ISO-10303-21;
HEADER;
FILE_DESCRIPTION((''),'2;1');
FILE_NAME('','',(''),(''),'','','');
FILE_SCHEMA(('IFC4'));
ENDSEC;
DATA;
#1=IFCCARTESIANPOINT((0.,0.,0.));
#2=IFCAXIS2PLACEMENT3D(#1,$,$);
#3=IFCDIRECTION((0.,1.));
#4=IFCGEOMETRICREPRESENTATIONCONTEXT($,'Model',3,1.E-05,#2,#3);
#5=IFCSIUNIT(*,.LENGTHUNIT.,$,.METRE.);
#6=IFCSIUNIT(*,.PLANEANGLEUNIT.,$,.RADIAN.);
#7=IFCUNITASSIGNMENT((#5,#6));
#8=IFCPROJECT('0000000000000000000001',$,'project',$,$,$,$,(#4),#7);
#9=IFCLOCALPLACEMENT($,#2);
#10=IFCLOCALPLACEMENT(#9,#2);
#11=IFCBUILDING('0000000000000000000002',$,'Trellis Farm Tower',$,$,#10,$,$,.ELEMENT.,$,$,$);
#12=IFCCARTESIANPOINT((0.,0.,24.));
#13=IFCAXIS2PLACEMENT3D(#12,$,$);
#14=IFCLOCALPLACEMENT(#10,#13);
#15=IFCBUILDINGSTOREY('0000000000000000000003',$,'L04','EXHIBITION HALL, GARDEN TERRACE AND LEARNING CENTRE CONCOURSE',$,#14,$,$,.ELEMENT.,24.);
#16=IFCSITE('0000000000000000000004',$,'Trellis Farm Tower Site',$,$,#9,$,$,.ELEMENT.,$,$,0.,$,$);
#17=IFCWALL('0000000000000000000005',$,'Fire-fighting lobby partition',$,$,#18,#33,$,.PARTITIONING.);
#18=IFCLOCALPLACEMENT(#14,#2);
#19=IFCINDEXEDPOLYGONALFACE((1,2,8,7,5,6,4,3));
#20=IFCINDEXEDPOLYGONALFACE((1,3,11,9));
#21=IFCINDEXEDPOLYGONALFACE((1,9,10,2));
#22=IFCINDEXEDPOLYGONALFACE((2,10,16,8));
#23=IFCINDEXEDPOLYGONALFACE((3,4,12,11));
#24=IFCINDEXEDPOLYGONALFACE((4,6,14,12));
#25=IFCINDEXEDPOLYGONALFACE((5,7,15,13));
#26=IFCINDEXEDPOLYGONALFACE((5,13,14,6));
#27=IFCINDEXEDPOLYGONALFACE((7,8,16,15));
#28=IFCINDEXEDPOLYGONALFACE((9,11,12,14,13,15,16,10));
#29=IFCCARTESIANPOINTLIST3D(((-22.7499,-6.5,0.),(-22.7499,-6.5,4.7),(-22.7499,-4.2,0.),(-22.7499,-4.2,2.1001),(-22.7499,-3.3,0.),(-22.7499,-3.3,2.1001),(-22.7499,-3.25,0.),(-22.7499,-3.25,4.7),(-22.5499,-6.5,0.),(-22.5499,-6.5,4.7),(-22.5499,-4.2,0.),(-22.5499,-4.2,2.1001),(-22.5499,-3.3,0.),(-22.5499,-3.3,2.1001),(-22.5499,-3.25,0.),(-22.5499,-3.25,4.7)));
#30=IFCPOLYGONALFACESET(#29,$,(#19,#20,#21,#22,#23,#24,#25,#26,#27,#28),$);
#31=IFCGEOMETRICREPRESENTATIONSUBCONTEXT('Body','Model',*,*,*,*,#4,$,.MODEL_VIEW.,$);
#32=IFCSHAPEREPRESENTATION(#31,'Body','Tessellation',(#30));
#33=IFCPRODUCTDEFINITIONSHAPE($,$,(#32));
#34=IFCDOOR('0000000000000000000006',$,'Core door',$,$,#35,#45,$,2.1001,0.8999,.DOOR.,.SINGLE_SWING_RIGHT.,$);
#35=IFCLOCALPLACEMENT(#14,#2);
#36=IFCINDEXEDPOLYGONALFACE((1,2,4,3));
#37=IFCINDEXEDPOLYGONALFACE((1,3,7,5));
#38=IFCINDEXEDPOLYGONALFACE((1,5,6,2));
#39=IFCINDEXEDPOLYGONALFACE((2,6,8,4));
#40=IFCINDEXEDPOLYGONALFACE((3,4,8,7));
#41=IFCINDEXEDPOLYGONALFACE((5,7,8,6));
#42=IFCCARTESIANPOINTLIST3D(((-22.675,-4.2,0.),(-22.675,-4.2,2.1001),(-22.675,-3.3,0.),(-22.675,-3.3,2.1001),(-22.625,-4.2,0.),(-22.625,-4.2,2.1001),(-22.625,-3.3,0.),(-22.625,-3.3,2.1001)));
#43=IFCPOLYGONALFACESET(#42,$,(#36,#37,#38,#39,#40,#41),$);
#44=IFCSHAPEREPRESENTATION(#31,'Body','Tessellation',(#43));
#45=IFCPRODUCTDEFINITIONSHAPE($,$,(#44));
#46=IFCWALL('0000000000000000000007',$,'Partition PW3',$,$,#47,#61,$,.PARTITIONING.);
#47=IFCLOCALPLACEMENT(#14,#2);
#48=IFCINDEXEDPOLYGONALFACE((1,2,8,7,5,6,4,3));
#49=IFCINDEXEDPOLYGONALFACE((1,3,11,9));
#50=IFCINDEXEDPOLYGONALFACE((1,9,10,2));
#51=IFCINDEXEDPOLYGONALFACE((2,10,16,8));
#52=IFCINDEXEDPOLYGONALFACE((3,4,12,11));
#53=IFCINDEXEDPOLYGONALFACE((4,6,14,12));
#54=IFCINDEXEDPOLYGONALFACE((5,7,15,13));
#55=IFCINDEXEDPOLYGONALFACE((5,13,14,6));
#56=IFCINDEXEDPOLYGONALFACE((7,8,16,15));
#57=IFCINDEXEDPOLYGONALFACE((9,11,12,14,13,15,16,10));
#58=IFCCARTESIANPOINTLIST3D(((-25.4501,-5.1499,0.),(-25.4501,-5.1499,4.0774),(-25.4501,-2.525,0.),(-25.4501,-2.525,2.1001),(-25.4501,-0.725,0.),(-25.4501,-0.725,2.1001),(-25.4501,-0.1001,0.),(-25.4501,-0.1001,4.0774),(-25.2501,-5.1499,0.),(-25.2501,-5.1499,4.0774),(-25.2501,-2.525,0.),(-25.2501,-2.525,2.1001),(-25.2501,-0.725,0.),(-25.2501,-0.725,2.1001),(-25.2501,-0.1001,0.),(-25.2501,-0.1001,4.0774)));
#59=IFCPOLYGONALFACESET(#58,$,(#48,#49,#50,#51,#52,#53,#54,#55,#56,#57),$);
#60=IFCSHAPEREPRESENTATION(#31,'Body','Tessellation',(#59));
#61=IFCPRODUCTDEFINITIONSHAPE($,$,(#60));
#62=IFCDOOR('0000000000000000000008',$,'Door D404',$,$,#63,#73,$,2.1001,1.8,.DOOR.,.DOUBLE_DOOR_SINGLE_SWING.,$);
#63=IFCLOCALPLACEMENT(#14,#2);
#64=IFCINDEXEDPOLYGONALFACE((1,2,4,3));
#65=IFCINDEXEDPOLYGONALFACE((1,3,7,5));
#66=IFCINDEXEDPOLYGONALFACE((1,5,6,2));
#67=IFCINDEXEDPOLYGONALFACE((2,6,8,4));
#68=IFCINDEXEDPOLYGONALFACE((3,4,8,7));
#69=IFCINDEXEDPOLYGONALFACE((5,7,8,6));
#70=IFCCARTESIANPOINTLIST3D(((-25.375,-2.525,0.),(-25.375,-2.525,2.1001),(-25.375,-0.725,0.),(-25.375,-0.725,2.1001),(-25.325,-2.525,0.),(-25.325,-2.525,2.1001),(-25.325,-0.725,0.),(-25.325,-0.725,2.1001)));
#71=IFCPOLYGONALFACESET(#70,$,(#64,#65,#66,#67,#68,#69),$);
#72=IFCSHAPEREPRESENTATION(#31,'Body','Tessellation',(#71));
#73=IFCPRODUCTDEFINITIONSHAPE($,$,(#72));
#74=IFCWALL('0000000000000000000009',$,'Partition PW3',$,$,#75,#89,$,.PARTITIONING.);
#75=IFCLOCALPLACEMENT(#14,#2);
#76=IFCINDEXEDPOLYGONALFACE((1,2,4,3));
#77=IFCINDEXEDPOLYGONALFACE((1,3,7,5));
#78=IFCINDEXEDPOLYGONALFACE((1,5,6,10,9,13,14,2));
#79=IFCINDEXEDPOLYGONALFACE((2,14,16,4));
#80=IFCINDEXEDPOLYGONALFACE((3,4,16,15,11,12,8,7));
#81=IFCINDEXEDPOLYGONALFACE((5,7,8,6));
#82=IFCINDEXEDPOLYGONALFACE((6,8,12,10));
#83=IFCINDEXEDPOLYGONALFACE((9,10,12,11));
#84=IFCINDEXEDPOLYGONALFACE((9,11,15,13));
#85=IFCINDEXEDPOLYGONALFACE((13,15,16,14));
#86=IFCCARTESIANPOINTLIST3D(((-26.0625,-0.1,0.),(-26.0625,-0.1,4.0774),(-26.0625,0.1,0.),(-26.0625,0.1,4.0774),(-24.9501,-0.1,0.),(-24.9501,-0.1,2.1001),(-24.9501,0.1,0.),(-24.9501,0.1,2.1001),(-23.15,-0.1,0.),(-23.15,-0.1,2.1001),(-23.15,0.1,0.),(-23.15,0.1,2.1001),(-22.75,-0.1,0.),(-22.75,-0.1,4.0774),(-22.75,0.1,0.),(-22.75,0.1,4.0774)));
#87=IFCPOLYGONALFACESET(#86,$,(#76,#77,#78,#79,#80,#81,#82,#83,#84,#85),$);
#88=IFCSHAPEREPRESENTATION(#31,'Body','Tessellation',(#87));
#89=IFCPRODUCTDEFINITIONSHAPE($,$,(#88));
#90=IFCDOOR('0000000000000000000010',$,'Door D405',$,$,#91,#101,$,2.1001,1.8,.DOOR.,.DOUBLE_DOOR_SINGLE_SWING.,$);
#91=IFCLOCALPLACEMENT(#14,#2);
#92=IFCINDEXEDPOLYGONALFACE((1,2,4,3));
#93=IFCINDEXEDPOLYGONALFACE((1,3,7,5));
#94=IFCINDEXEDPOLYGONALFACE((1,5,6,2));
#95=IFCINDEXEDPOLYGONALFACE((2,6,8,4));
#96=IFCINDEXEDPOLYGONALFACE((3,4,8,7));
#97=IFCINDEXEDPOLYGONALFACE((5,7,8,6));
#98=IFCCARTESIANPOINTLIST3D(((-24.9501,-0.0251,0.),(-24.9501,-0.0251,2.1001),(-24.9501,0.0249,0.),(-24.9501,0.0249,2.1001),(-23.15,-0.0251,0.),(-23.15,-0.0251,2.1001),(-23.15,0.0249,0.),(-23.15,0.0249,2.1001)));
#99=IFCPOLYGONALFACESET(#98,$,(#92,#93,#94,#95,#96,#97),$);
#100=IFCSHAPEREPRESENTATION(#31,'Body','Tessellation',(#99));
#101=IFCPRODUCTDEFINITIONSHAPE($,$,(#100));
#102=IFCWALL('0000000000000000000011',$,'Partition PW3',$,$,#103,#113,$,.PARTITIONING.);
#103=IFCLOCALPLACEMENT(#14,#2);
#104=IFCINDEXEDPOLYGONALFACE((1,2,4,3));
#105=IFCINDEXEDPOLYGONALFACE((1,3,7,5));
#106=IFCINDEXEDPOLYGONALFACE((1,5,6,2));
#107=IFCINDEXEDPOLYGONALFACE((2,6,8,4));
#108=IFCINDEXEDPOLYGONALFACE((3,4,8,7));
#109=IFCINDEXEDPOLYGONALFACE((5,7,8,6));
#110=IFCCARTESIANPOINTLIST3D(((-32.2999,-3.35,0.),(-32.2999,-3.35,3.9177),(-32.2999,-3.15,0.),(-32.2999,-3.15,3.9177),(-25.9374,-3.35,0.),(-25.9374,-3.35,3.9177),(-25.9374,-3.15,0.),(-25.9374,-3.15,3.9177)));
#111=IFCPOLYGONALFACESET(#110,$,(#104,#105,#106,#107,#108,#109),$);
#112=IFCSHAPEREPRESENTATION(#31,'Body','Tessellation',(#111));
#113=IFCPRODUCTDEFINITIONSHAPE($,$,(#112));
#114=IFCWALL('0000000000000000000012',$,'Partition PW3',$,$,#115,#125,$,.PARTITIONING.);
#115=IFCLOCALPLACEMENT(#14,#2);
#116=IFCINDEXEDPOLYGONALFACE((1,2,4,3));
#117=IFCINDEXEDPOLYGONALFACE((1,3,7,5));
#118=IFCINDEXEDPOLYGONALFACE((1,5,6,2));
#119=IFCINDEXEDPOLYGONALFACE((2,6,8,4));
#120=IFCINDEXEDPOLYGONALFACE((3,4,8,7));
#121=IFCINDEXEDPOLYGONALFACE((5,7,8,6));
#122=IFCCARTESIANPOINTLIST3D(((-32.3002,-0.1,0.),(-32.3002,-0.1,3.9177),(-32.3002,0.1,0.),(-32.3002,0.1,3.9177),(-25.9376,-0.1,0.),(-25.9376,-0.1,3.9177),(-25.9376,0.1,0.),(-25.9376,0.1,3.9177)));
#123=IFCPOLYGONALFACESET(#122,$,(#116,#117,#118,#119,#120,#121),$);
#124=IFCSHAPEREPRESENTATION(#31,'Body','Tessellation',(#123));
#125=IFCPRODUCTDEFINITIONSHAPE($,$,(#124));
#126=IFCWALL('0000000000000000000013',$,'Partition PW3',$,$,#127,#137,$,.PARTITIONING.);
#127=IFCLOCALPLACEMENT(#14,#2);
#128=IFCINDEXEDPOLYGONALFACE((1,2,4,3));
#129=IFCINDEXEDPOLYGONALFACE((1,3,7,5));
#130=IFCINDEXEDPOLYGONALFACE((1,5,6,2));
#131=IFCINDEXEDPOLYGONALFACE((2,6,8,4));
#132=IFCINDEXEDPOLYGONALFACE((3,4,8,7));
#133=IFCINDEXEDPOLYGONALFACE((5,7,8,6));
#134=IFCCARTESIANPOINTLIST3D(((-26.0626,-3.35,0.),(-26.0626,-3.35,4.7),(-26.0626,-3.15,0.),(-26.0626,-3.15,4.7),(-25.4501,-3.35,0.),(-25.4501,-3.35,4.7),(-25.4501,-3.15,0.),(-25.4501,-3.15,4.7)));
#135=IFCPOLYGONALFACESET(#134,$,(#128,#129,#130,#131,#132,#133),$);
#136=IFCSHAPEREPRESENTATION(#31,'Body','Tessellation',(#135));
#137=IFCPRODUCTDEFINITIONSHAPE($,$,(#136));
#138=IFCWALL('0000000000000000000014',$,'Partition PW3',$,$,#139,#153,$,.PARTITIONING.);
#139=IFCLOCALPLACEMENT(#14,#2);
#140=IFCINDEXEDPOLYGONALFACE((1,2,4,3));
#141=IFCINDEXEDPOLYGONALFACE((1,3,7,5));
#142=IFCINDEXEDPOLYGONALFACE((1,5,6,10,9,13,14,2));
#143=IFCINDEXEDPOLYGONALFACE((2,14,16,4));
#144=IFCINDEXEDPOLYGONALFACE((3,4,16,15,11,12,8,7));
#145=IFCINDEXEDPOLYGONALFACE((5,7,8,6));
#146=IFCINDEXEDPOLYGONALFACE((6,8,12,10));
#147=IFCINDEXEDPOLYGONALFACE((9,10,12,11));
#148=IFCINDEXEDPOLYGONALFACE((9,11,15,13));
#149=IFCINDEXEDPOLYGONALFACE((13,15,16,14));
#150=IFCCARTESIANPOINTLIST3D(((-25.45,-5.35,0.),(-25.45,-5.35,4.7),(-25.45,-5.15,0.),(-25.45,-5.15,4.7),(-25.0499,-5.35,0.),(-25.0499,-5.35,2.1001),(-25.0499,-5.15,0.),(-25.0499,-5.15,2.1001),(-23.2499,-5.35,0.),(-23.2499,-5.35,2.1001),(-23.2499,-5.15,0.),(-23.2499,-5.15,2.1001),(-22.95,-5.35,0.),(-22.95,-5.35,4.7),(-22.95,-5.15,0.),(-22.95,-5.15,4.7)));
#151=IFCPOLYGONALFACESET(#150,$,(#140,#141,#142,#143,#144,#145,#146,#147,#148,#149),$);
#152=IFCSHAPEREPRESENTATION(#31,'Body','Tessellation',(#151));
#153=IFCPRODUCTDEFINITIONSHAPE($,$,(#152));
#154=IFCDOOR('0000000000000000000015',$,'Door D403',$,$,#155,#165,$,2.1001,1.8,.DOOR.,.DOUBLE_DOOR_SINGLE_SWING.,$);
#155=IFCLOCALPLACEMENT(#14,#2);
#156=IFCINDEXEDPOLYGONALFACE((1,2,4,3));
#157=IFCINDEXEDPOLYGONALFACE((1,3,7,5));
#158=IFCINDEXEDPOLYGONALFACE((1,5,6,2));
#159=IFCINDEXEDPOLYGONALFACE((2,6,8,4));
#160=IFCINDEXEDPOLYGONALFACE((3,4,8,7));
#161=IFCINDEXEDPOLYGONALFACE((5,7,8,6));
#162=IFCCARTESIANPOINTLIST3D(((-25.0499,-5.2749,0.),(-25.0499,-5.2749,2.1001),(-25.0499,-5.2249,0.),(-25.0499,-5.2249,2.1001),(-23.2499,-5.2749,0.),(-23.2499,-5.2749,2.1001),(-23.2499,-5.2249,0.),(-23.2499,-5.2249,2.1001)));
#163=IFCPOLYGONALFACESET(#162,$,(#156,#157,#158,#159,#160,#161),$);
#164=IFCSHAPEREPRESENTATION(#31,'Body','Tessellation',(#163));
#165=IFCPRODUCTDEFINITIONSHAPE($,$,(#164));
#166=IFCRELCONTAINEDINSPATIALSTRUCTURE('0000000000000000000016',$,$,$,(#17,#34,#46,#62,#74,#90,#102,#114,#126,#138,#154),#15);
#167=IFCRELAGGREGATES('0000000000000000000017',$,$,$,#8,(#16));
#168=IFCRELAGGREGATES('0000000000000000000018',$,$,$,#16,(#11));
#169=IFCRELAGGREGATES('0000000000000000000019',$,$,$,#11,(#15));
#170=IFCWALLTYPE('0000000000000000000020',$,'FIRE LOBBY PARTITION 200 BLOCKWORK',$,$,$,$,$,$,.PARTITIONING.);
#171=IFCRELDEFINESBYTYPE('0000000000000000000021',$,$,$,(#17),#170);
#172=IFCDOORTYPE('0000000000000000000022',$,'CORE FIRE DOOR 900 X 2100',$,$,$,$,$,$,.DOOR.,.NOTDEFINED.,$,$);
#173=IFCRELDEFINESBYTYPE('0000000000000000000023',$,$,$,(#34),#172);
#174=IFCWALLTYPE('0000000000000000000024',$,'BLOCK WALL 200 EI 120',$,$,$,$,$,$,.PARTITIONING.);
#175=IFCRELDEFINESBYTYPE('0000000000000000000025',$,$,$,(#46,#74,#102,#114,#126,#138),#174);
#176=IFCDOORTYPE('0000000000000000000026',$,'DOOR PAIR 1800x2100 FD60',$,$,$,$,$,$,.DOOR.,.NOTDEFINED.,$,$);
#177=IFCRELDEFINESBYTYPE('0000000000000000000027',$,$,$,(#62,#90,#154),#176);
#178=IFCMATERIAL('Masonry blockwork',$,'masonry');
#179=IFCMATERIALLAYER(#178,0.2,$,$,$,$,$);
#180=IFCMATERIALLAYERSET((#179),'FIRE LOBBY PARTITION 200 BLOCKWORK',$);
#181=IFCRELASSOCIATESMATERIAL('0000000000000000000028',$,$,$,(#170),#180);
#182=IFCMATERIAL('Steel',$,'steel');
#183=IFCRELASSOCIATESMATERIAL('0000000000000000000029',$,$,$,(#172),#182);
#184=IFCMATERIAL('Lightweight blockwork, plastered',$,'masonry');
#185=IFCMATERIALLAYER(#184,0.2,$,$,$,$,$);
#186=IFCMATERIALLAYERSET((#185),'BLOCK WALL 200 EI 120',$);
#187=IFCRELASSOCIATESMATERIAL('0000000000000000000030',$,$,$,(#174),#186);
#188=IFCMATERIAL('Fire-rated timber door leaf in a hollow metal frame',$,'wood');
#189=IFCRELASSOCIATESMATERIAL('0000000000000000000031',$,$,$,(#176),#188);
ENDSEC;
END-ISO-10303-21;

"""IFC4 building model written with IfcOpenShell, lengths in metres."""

from ifc_helpers import new_model, si_unit, direction, frame, frame_2d, origin, place, context, subcontext, project, spatial, rectangle, extrude, source, transform, mapped, material, layer, layer_set, type_object, element, fill, save


model = new_model("IFC4")

# Units and contexts
model_context = context("Model", 3, precision=1e-05, world=origin(), true_north=direction((0.0, 1.0)))
body_context = subcontext(model_context, "Body", "Model", "MODEL_VIEW")
ifc_project = project(units=[si_unit("LENGTHUNIT", "METRE"), si_unit("PLANEANGLEUNIT", "RADIAN")], contexts=[model_context])

# Site, building, storey
site_placement = place(None, origin())
site = spatial("IfcSite", under=ifc_project, at=site_placement, Name="Trellis Farm Tower Site", CompositionType="ELEMENT", RefElevation=0.0)
building_placement = place(site_placement, origin())
building = spatial("IfcBuilding", under=site, at=building_placement, Name="Trellis Farm Tower", CompositionType="ELEMENT")
storey_placement = place(building_placement, frame((0.0, 0.0, 24.0)))
storey = spatial("IfcBuildingStorey", under=building, at=storey_placement, Name="L04", Description="EXHIBITION HALL, GARDEN TERRACE AND LEARNING CENTRE CONCOURSE", CompositionType="ELEMENT", Elevation=24.0)

# Walls, openings, doors
ifc_material_1 = material(Name="Masonry blockwork", Category="masonry")
ifc_layer_1 = layer(ifc_material_1, 0.2)
ifc_layer_set_1 = layer_set([ifc_layer_1], Name="FIRE LOBBY PARTITION 200 BLOCKWORK")
wall_type_1 = type_object("IfcWallType", Name="FIRE LOBBY PARTITION 200 BLOCKWORK", PredefinedType="PARTITIONING", material=ifc_layer_set_1)
shared_shape_1 = source(origin(), body_context, "Body", "SweptSolid", [
    extrude(rectangle(XDim=3.25, YDim=0.2, at=frame_2d((1.625, 0.0))), origin(), (0.0, 0.0, 1.0), 4.7),
])
wall_1_placement = place(storey_placement, frame((-22.6499, -3.25, 0.0), z_axis=(0.0, 0.0, 1.0), x_axis=(0.0, -1.0, 0.0)))
wall_1 = element("IfcWall", 1, at=wall_1_placement, inside=storey, type_object=wall_type_1, Name="Fire-fighting lobby partition", PredefinedType="PARTITIONING", context=body_context, shape_type="MappedRepresentation", body=[
    mapped(shared_shape_1, transform((0.0, 0.0, 0.0))),
])
shared_shape_2 = source(origin(), body_context, "Body", "SweptSolid", [
    extrude(rectangle(XDim=0.8999, YDim=2.1001, at=frame_2d((0.45, 1.05))), frame((0.0, 0.1101, 0.0), z_axis=(0.0, -1.0, 0.0), x_axis=(1.0, 0.0, 0.0)), (0.0, 0.0, 1.0), 0.2202),
])
opening_1_placement = place(wall_1_placement, frame((0.05, 0.0, 0.0)))
opening_1 = element("IfcOpeningElement", 2, at=opening_1_placement, cuts=wall_1, PredefinedType="OPENING", context=body_context, shape_type="MappedRepresentation", body=[
    mapped(shared_shape_2, transform((0.0, 0.0, 0.0))),
])
ifc_material_2 = material(Name="Steel", Category="steel")
door_type_1 = type_object("IfcDoorType", Name="CORE FIRE DOOR 900 X 2100", OperationType="NOTDEFINED", PredefinedType="DOOR", material=ifc_material_2)
shared_shape_3 = source(origin(), body_context, "Body", "SweptSolid", [
    extrude(rectangle(XDim=0.8999, YDim=2.1001, at=frame_2d((0.45, 1.05))), frame((0.0, 0.0249, 0.0), z_axis=(0.0, -1.0, 0.0), x_axis=(1.0, 0.0, 0.0)), (0.0, 0.0, 1.0), 0.05),
])
door_1_placement = place(opening_1_placement, origin())
door_1 = element("IfcDoor", 3, at=door_1_placement, inside=storey, type_object=door_type_1, Name="Core door", OperationType="SINGLE_SWING_RIGHT", OverallHeight=2.1001, OverallWidth=0.8999, PredefinedType="DOOR", context=body_context, shape_type="MappedRepresentation", body=[
    mapped(shared_shape_3, transform((0.0, 0.0, 0.0))),
])
fill(opening_1, door_1)
ifc_material_3 = material(Name="Lightweight blockwork, plastered", Category="masonry")
ifc_layer_2 = layer(ifc_material_3, 0.2)
ifc_layer_set_2 = layer_set([ifc_layer_2], Name="BLOCK WALL 200 EI 120")
wall_type_2 = type_object("IfcWallType", Name="BLOCK WALL 200 EI 120", PredefinedType="PARTITIONING", material=ifc_layer_set_2)
shared_shape_4 = source(origin(), body_context, "Body", "SweptSolid", [
    extrude(rectangle(XDim=5.0498, YDim=0.2, at=frame_2d((2.5249, 0.0))), origin(), (0.0, 0.0, 1.0), 4.0774),
])
wall_2_placement = place(storey_placement, frame((-25.3501, -5.1499, 0.0), z_axis=(0.0, 0.0, 1.0), x_axis=(0.0, 1.0, 0.0)))
wall_2 = element("IfcWall", 4, at=wall_2_placement, inside=storey, type_object=wall_type_2, Name="Partition PW3", PredefinedType="PARTITIONING", context=body_context, shape_type="MappedRepresentation", body=[
    mapped(shared_shape_4, transform((0.0, 0.0, 0.0))),
])
shared_shape_5 = source(origin(), body_context, "Body", "SweptSolid", [
    extrude(rectangle(XDim=1.8, YDim=2.1001, at=frame_2d((0.8999, 1.05))), frame((0.0, 0.1101, 0.0), z_axis=(0.0, -1.0, 0.0), x_axis=(1.0, 0.0, 0.0)), (0.0, 0.0, 1.0), 0.2202),
])
opening_2_placement = place(wall_2_placement, frame((2.625, 0.0, 0.0)))
opening_2 = element("IfcOpeningElement", 5, at=opening_2_placement, cuts=wall_2, PredefinedType="OPENING", context=body_context, shape_type="MappedRepresentation", body=[
    mapped(shared_shape_5, transform((0.0, 0.0, 0.0))),
])
ifc_material_4 = material(Name="Fire-rated timber door leaf in a hollow metal frame", Category="wood")
door_type_2 = type_object("IfcDoorType", Name="DOOR PAIR 1800x2100 FD60", OperationType="NOTDEFINED", PredefinedType="DOOR", material=ifc_material_4)
shared_shape_6 = source(origin(), body_context, "Body", "SweptSolid", [
    extrude(rectangle(XDim=1.8, YDim=2.1001, at=frame_2d((0.8999, 1.05))), frame((0.0, 0.0249, 0.0), z_axis=(0.0, -1.0, 0.0), x_axis=(1.0, 0.0, 0.0)), (0.0, 0.0, 1.0), 0.05),
])
door_2_placement = place(opening_2_placement, origin())
door_2 = element("IfcDoor", 6, at=door_2_placement, inside=storey, type_object=door_type_2, Name="Door D404", OperationType="DOUBLE_DOOR_SINGLE_SWING", OverallHeight=2.1001, OverallWidth=1.8, PredefinedType="DOOR", context=body_context, shape_type="MappedRepresentation", body=[
    mapped(shared_shape_6, transform((0.0, 0.0, 0.0))),
])
fill(opening_2, door_2)
shared_shape_7 = source(origin(), body_context, "Body", "SweptSolid", [
    extrude(rectangle(XDim=3.3125, YDim=0.2, at=frame_2d((1.6562, 0.0))), origin(), (0.0, 0.0, 1.0), 4.0774),
])
wall_3_placement = place(storey_placement, frame((-26.0625, 0.0, 0.0), z_axis=(0.0, 0.0, 1.0), x_axis=(1.0, 0.0, 0.0)))
wall_3 = element("IfcWall", 7, at=wall_3_placement, inside=storey, type_object=wall_type_2, Name="Partition PW3", PredefinedType="PARTITIONING", context=body_context, shape_type="MappedRepresentation", body=[
    mapped(shared_shape_7, transform((0.0, 0.0, 0.0))),
])
opening_3_placement = place(wall_3_placement, frame((1.1125, 0.0, 0.0)))
opening_3 = element("IfcOpeningElement", 8, at=opening_3_placement, cuts=wall_3, PredefinedType="OPENING", context=body_context, shape_type="MappedRepresentation", body=[
    mapped(shared_shape_5, transform((0.0, 0.0, 0.0))),
])
door_3_placement = place(opening_3_placement, origin())
door_3 = element("IfcDoor", 9, at=door_3_placement, inside=storey, type_object=door_type_2, Name="Door D405", OperationType="DOUBLE_DOOR_SINGLE_SWING", OverallHeight=2.1001, OverallWidth=1.8, PredefinedType="DOOR", context=body_context, shape_type="MappedRepresentation", body=[
    mapped(shared_shape_6, transform((0.0, 0.0, 0.0))),
])
fill(opening_3, door_3)

# Walls
shared_shape_8 = source(origin(), body_context, "Body", "SweptSolid", [
    extrude(rectangle(XDim=6.3625, YDim=0.2, at=frame_2d((3.1812, 0.0))), origin(), (0.0, 0.0, 1.0), 3.9177),
])
for number, where, z_axis, x_axis, name in (
    (10, (-25.9375, -3.25, 0.0), (0.0, 0.0, 1.0), (-1.0, 0.0, 0.0), "Partition PW3"),
    (11, (-32.3, 0.0, 0.0), (0.0, 0.0, 1.0), (1.0, 0.0, 0.0), "Partition PW3"),
):
    element("IfcWall", number, at=place(storey_placement, frame(where, z_axis=z_axis, x_axis=x_axis)), inside=storey, type_object=wall_type_2, Name=name, PredefinedType="PARTITIONING", context=body_context, shape_type="MappedRepresentation", body=[
        mapped(shared_shape_8, transform((0.0, 0.0, 0.0))),
    ])
shared_shape_9 = source(origin(), body_context, "Body", "SweptSolid", [
    extrude(rectangle(XDim=0.6125, YDim=0.2, at=frame_2d((0.3062, 0.0))), origin(), (0.0, 0.0, 1.0), 4.7),
])
wall_4_placement = place(storey_placement, frame((-26.0625, -3.25, 0.0), z_axis=(0.0, 0.0, 1.0), x_axis=(1.0, 0.0, 0.0)))
element("IfcWall", 12, at=wall_4_placement, inside=storey, type_object=wall_type_2, Name="Partition PW3", PredefinedType="PARTITIONING", context=body_context, shape_type="MappedRepresentation", body=[
    mapped(shared_shape_9, transform((0.0, 0.0, 0.0))),
])

# Wall, opening, door
shared_shape_10 = source(origin(), body_context, "Body", "SweptSolid", [
    extrude(rectangle(XDim=2.5, YDim=0.2, at=frame_2d((1.25, 0.0))), origin(), (0.0, 0.0, 1.0), 4.7),
])
wall_5_placement = place(storey_placement, frame((-22.95, -5.25, 0.0), z_axis=(0.0, 0.0, 1.0), x_axis=(-1.0, 0.0, 0.0)))
wall_5 = element("IfcWall", 13, at=wall_5_placement, inside=storey, type_object=wall_type_2, Name="Partition PW3", PredefinedType="PARTITIONING", context=body_context, shape_type="MappedRepresentation", body=[
    mapped(shared_shape_10, transform((0.0, 0.0, 0.0))),
])
opening_4_placement = place(wall_5_placement, frame((0.3, 0.0, 0.0)))
opening_4 = element("IfcOpeningElement", 14, at=opening_4_placement, cuts=wall_5, PredefinedType="OPENING", context=body_context, shape_type="MappedRepresentation", body=[
    mapped(shared_shape_5, transform((0.0, 0.0, 0.0))),
])
door_4_placement = place(opening_4_placement, origin())
door_4 = element("IfcDoor", 15, at=door_4_placement, inside=storey, type_object=door_type_2, Name="Door D403", OperationType="DOUBLE_DOOR_SINGLE_SWING", OverallHeight=2.1001, OverallWidth=1.8, PredefinedType="DOOR", context=body_context, shape_type="MappedRepresentation", body=[
    mapped(shared_shape_6, transform((0.0, 0.0, 0.0))),
])
fill(opening_4, door_4)

save(model, "model.ifc")
